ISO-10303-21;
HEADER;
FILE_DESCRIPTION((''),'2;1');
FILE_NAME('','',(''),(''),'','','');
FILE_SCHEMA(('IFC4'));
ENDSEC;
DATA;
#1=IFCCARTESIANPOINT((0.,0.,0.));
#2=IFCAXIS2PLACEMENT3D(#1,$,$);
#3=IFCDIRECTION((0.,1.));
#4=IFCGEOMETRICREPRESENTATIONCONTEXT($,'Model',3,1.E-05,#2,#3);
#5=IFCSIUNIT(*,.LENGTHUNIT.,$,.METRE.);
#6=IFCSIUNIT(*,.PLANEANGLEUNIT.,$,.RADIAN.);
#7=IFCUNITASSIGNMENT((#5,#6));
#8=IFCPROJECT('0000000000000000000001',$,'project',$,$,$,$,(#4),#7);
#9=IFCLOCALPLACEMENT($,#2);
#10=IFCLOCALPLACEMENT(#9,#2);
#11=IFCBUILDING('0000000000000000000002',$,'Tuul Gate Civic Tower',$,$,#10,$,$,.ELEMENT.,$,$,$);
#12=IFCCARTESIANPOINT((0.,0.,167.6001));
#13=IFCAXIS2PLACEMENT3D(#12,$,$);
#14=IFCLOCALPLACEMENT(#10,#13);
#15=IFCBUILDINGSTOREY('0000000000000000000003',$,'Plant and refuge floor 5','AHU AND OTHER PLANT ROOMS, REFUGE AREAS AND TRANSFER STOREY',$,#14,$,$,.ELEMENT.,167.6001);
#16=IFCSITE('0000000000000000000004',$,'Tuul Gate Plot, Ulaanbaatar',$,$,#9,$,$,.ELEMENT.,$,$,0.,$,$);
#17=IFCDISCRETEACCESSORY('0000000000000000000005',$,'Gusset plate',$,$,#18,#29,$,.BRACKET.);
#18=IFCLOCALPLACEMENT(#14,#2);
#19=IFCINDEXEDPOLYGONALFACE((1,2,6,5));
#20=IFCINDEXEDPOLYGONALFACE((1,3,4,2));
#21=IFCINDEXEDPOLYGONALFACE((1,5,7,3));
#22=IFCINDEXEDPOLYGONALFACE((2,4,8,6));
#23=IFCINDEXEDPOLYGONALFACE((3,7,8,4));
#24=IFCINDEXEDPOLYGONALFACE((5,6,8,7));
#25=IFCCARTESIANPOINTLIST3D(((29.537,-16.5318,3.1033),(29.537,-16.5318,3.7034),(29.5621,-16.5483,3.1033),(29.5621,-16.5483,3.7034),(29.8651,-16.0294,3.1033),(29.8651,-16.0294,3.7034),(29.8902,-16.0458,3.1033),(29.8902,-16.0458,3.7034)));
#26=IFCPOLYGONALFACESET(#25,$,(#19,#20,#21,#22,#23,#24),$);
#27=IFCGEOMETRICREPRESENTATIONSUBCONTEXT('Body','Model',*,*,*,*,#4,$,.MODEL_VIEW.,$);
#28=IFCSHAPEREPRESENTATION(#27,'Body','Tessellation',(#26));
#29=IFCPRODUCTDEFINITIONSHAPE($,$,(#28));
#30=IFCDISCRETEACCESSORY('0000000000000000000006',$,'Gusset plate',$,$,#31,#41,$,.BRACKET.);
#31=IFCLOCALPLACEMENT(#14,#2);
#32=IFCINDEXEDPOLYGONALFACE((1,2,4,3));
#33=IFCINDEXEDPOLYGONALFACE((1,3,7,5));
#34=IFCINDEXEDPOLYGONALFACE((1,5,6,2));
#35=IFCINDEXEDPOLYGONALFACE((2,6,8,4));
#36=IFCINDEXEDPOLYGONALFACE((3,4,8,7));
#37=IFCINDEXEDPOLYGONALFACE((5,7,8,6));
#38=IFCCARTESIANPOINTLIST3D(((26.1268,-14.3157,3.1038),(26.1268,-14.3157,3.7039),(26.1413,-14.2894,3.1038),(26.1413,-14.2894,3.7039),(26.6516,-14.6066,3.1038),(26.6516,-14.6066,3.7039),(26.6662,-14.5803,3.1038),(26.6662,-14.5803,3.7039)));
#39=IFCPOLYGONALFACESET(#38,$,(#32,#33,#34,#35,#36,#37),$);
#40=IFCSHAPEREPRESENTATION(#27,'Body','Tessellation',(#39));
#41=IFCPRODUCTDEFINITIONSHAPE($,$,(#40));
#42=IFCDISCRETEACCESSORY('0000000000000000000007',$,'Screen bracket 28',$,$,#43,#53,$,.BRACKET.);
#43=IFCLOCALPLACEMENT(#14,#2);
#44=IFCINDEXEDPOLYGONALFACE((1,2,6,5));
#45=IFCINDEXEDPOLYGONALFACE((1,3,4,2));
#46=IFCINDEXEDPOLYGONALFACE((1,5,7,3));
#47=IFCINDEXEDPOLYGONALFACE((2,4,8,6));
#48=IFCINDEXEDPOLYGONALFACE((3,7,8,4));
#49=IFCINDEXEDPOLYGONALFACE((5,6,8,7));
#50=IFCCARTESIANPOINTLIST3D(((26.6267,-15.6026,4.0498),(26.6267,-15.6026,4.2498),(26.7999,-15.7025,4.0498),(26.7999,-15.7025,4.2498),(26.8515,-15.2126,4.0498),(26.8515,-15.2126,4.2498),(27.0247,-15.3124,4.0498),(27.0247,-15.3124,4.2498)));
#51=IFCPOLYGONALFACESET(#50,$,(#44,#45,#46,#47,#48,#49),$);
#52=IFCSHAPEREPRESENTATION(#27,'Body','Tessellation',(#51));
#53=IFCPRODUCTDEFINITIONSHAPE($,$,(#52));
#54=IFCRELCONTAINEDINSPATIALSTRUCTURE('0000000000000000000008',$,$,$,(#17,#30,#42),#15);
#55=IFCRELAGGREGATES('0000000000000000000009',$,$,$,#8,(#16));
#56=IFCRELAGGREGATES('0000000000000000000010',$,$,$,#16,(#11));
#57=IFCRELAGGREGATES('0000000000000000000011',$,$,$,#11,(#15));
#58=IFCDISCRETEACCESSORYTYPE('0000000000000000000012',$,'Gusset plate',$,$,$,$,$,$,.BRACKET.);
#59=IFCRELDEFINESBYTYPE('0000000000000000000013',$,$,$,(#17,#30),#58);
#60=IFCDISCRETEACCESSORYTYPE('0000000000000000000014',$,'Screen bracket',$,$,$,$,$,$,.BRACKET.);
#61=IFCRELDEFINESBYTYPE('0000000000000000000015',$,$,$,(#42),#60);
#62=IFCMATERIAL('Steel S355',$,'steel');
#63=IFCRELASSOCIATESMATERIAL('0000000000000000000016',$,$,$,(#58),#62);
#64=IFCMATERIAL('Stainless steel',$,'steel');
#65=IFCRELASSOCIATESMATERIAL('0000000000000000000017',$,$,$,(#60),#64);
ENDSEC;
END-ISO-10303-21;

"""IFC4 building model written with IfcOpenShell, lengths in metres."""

from ifc_helpers import new_model, si_unit, direction, frame, origin, origin_2d, place, context, subcontext, project, spatial, rectangle, extrude, material, type_object, element, save


model = new_model("IFC4")

# Units and contexts
model_context = context("Model", 3, precision=1e-05, world=origin(), true_north=direction((0.0, 1.0)))
body_context = subcontext(model_context, "Body", "Model", "MODEL_VIEW")
ifc_project = project(units=[si_unit("LENGTHUNIT", "METRE"), si_unit("PLANEANGLEUNIT", "RADIAN")], contexts=[model_context])

# Site, building, storey
site_placement = place(None, origin())
site = spatial("IfcSite", under=ifc_project, at=site_placement, Name="Tuul Gate Plot, Ulaanbaatar", CompositionType="ELEMENT", RefElevation=0.0)
building_placement = place(site_placement, origin())
building = spatial("IfcBuilding", under=site, at=building_placement, Name="Tuul Gate Civic Tower", CompositionType="ELEMENT")
storey_placement = place(building_placement, frame((0.0, 0.0, 167.6001)))
storey = spatial("IfcBuildingStorey", under=building, at=storey_placement, Name="Plant and refuge floor 5", Description="AHU AND OTHER PLANT ROOMS, REFUGE AREAS AND TRANSFER STOREY", CompositionType="ELEMENT", Elevation=167.6001)

# Discrete accessories
ifc_material_1 = material(Name="Steel S355", Category="steel")
discrete_accessory_type_1 = type_object("IfcDiscreteAccessoryType", Name="Gusset plate", PredefinedType="BRACKET", material=ifc_material_1)
for number, where, z_axis, x_axis, name in (
    (1, (29.7136, -16.2888, 3.1033), (0.0, 0.0, 1.0), (0.546743, 0.8373, 0.0), "Gusset plate"),
    (2, (26.3965, -14.448, 3.1038), (0.0, 0.0, 1.0), (-0.874623, 0.484804, 0.0), "Gusset plate"),
):
    element("IfcDiscreteAccessory", number, at=place(storey_placement, frame(where, z_axis=z_axis, x_axis=x_axis)), inside=storey, type_object=discrete_accessory_type_1, Name=name, PredefinedType="BRACKET", context=body_context, shape_type="SweptSolid", body=[
        extrude(rectangle(XDim=0.6001, YDim=0.03, at=origin_2d()), origin(), (0.0, 0.0, 1.0), 0.6001),
    ])
ifc_material_2 = material(Name="Stainless steel", Category="steel")
discrete_accessory_type_2 = type_object("IfcDiscreteAccessoryType", Name="Screen bracket", PredefinedType="BRACKET", material=ifc_material_2)
discrete_accessory_placement = place(storey_placement, frame((26.8257, -15.4575, 4.0498), z_axis=(0.0, 0.0, 1.0), x_axis=(-0.499373, -0.866387, 0.0)))
element("IfcDiscreteAccessory", 3, at=discrete_accessory_placement, inside=storey, type_object=discrete_accessory_type_2, Name="Screen bracket 28", PredefinedType="BRACKET", context=body_context, shape_type="SweptSolid", body=[
    extrude(rectangle(XDim=0.4502, YDim=0.2, at=origin_2d()), origin(), (0.0, 0.0, 1.0), 0.2),
])

save(model, "model.ifc")
